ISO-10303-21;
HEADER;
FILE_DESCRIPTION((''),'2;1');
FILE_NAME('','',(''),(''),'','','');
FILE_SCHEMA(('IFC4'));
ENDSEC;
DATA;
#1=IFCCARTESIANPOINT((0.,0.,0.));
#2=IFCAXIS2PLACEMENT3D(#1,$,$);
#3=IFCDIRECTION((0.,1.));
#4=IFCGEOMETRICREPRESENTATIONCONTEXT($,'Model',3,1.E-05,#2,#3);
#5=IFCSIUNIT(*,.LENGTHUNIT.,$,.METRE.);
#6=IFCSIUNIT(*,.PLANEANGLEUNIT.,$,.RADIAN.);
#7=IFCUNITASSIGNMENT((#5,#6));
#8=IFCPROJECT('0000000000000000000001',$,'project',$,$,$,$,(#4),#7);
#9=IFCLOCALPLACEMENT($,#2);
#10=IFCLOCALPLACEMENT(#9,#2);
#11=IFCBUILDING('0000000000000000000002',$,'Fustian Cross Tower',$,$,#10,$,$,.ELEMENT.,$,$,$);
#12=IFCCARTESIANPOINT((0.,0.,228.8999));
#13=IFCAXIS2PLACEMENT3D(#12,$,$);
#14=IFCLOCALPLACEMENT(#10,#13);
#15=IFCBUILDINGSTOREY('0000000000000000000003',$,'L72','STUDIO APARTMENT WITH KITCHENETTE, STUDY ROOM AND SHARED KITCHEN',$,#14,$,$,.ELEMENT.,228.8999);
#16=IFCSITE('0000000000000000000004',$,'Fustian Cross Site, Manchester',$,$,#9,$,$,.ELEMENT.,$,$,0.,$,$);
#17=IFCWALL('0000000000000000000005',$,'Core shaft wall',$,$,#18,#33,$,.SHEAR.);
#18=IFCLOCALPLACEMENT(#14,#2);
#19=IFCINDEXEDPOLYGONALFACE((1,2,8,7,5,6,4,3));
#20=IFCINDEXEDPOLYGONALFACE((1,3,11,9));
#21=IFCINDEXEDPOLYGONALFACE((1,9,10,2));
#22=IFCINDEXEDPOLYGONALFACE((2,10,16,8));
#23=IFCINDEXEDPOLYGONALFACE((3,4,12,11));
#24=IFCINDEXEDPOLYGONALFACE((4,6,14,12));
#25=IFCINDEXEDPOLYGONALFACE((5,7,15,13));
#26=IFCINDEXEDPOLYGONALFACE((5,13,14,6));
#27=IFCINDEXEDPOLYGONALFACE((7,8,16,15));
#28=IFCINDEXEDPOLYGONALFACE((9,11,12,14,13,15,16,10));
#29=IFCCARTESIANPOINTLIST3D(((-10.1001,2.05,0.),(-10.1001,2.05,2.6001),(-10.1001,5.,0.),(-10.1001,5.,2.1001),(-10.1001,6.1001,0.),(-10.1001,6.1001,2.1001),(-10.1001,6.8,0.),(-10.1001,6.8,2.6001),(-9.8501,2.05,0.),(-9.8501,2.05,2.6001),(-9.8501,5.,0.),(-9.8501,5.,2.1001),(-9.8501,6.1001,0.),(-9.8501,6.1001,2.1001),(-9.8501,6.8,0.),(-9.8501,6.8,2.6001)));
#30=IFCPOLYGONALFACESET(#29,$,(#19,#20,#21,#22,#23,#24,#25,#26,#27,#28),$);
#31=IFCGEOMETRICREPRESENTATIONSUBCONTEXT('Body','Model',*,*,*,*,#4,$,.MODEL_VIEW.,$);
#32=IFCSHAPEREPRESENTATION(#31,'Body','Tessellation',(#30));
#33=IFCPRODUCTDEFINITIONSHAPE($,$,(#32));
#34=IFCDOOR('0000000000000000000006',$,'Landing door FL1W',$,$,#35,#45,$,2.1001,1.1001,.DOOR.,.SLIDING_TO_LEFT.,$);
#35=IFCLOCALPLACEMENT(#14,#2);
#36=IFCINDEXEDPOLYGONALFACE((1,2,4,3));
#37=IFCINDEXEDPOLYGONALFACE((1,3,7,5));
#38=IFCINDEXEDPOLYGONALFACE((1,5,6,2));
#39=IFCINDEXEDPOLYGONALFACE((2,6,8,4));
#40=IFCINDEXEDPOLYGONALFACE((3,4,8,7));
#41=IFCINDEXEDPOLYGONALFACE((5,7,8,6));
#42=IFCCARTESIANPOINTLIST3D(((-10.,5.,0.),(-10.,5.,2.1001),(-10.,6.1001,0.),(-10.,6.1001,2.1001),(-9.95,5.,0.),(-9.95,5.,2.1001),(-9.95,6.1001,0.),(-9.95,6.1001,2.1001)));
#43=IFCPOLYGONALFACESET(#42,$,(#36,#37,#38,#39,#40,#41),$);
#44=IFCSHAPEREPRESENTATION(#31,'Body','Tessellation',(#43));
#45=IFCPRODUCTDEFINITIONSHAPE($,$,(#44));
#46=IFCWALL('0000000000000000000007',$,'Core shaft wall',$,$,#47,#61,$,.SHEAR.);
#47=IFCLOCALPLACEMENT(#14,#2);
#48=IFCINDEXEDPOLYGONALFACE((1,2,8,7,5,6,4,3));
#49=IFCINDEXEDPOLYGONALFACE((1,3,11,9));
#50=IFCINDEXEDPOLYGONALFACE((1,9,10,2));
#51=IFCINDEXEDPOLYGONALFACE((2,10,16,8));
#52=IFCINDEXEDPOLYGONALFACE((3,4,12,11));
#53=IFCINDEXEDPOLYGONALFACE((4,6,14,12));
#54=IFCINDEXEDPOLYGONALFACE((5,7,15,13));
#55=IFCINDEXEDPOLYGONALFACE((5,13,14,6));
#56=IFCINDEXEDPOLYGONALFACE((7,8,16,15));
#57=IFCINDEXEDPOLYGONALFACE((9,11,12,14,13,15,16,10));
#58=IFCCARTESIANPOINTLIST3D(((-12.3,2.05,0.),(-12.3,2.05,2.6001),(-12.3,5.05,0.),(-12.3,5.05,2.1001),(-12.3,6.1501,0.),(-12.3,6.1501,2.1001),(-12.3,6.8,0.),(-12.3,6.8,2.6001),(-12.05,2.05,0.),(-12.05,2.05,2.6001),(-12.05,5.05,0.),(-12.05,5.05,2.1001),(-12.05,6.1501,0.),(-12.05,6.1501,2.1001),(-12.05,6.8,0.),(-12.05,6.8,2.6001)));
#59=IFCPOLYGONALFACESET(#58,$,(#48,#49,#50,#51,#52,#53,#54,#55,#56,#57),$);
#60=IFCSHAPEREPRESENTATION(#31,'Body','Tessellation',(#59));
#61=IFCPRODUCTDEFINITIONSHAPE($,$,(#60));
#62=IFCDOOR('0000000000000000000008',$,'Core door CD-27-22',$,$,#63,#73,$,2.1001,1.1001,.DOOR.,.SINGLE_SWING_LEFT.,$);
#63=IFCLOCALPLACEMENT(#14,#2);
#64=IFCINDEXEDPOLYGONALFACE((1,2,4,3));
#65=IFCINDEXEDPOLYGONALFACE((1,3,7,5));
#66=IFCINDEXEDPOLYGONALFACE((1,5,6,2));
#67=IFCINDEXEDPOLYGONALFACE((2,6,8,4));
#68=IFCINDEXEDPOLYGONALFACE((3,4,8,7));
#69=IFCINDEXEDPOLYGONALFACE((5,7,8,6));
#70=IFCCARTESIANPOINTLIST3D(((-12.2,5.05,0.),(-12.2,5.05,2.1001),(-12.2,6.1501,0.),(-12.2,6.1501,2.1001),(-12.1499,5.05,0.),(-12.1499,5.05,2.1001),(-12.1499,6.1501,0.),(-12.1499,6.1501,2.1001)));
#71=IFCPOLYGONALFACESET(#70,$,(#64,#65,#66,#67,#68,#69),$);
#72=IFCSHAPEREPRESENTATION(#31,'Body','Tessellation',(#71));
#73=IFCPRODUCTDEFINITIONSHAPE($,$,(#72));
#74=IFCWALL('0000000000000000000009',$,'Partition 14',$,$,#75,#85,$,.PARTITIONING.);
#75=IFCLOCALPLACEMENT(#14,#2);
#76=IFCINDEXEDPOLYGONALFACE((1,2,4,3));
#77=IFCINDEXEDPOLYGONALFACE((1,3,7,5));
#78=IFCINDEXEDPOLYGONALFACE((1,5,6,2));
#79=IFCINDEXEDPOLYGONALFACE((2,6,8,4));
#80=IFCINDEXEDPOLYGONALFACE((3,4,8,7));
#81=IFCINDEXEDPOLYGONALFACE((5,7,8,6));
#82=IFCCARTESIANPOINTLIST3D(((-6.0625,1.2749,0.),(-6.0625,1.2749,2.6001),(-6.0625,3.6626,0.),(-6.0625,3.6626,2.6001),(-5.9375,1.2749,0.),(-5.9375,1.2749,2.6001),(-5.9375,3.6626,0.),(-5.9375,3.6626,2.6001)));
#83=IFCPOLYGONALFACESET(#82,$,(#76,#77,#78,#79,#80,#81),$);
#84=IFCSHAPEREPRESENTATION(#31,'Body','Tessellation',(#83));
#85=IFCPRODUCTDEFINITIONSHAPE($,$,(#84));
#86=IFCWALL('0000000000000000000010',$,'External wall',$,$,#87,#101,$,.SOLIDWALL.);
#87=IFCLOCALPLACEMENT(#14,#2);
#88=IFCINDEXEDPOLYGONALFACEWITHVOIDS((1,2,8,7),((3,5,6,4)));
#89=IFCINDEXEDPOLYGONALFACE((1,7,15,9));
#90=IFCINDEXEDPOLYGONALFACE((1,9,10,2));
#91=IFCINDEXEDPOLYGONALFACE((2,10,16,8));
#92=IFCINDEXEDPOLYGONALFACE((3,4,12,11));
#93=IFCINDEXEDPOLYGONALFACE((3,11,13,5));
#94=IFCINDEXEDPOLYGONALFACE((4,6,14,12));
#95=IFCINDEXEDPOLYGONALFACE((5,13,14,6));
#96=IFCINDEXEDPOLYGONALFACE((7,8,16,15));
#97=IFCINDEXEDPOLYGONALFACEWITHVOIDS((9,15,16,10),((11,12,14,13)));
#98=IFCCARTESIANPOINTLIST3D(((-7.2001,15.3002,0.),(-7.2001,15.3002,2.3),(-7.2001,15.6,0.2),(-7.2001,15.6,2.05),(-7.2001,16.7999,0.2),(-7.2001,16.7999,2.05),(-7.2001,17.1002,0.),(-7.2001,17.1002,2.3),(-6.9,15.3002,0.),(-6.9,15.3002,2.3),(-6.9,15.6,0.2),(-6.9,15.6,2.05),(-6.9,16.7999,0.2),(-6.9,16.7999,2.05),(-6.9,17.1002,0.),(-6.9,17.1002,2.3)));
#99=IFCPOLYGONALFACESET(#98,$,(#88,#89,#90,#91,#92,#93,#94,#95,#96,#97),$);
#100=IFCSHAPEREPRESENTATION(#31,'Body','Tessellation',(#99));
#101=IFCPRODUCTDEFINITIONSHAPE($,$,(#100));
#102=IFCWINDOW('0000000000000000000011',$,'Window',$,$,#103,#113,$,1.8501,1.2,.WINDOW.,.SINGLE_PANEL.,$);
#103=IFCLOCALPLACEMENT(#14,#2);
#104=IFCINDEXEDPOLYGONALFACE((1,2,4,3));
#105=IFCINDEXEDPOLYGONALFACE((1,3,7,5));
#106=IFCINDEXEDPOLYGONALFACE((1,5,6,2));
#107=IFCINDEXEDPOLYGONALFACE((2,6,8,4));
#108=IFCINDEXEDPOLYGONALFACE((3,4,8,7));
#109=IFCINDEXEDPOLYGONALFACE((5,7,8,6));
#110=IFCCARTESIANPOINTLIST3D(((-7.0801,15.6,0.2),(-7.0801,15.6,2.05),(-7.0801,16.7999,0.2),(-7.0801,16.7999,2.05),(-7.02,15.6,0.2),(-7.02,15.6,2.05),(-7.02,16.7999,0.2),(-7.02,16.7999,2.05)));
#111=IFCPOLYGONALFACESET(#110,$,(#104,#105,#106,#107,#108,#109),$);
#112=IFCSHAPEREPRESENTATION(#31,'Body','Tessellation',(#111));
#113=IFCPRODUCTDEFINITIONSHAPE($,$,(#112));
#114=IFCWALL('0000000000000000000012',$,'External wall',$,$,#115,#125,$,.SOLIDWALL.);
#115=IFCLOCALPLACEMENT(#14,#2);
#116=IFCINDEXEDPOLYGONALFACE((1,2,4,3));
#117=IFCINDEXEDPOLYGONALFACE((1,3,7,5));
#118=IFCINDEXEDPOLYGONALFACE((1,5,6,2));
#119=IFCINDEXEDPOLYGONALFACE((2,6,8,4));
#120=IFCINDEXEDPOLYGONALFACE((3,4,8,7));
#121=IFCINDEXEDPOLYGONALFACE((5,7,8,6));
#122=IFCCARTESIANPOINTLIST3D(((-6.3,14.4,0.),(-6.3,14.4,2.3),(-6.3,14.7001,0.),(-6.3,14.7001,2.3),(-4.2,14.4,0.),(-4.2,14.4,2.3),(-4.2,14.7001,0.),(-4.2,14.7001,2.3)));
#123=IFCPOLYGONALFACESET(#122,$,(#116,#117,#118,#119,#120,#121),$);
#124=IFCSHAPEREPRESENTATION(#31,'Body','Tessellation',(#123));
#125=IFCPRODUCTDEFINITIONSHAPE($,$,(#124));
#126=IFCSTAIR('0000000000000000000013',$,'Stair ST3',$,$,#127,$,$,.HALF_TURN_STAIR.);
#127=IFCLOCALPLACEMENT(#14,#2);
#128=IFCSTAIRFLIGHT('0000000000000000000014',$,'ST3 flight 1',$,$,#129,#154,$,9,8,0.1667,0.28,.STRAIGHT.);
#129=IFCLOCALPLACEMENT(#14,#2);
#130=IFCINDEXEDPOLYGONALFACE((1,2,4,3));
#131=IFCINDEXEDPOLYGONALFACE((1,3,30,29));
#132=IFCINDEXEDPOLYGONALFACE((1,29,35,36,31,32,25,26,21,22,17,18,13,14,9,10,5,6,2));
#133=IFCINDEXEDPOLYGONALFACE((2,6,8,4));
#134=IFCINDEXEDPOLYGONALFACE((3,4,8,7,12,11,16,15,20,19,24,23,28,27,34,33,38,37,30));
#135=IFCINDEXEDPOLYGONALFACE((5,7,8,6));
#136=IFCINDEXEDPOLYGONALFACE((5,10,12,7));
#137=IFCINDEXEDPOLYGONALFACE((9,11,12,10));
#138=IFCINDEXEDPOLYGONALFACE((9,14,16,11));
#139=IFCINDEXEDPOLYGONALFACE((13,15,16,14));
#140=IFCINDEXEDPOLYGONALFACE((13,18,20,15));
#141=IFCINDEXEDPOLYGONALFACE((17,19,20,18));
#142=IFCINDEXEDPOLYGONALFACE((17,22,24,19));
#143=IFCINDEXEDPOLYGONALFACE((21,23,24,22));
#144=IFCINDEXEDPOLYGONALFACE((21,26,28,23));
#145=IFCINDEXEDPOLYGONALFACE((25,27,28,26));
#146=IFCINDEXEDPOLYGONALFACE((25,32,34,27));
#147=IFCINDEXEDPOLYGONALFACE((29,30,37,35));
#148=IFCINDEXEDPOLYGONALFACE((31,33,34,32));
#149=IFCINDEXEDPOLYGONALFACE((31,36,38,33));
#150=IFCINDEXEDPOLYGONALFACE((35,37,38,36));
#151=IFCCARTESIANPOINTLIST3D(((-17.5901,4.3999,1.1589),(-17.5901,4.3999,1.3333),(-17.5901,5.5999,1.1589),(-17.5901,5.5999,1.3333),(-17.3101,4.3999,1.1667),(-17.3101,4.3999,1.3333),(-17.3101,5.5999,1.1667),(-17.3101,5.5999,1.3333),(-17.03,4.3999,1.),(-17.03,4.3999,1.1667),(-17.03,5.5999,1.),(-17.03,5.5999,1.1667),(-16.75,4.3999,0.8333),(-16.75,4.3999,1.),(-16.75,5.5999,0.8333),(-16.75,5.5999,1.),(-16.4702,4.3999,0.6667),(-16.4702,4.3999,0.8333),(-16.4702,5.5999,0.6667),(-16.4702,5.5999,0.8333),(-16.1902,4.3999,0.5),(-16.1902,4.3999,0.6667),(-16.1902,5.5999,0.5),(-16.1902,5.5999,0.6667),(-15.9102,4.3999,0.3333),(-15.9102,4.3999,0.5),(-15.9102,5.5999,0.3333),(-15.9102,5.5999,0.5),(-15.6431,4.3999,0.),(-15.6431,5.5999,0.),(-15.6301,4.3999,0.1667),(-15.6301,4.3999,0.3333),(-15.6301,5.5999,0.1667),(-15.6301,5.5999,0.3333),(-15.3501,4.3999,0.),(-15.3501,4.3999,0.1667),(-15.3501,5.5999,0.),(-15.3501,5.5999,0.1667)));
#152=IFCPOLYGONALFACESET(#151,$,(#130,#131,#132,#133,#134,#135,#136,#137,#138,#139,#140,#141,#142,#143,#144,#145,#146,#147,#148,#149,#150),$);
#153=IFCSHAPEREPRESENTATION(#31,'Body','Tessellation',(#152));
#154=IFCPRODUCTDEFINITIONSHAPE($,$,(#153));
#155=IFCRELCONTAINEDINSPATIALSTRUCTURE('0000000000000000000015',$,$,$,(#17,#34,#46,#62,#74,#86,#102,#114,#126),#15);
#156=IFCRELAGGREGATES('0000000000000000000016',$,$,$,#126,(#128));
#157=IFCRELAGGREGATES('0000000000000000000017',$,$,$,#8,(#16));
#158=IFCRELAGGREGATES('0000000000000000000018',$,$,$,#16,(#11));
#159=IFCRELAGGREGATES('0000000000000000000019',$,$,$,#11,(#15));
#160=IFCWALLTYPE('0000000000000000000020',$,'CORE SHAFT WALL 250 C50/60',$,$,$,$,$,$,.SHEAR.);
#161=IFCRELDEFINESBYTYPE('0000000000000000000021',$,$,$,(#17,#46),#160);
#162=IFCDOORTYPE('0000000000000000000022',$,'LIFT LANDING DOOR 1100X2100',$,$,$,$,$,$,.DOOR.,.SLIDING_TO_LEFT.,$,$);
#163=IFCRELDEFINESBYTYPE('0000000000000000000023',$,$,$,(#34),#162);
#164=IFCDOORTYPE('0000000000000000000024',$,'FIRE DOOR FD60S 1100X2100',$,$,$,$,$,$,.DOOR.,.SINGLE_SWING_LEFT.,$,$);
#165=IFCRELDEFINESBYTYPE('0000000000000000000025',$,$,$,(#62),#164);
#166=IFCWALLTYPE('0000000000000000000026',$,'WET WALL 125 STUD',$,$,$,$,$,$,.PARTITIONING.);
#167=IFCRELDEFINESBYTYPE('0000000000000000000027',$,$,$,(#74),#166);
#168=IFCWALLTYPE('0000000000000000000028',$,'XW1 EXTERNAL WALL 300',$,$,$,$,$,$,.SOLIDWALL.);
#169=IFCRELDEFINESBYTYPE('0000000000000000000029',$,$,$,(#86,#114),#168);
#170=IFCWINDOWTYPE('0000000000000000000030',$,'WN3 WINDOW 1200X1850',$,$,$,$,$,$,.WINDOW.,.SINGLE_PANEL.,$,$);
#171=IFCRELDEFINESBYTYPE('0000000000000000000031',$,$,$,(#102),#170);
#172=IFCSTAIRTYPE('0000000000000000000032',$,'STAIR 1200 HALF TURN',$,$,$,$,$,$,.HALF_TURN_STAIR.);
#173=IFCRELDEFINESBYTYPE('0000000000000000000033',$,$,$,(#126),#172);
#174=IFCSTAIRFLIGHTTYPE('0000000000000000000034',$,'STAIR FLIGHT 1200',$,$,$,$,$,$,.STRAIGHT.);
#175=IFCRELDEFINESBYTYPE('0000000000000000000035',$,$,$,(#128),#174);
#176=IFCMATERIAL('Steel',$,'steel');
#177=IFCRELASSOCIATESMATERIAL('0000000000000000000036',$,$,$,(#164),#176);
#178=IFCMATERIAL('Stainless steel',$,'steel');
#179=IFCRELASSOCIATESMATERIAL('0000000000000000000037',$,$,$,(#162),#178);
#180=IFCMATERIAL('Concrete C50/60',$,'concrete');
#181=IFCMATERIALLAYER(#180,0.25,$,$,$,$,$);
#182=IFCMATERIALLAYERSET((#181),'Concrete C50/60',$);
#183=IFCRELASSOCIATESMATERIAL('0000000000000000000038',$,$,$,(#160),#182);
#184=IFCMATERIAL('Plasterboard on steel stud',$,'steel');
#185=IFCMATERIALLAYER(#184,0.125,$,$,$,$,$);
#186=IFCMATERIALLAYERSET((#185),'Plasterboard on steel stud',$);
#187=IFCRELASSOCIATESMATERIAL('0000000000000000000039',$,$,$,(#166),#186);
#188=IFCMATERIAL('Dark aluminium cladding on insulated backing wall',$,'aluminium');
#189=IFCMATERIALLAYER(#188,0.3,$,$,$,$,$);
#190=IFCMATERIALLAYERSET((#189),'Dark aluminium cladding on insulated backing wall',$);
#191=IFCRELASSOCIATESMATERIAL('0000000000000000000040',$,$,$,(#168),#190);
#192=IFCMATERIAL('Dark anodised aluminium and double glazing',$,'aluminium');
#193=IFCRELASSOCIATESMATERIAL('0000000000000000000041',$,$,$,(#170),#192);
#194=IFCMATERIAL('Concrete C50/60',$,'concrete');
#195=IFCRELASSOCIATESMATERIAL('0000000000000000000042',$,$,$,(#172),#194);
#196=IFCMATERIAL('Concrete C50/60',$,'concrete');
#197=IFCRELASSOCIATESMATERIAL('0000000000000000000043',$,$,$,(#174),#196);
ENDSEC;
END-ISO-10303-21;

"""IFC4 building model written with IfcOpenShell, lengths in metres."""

from ifc_helpers import new_model, si_unit, direction, frame, frame_2d, origin, place, context, subcontext, project, spatial, polyline, rectangle, outline, extrude, material, layer, layer_set, type_object, element, fill, aggregate, save


model = new_model("IFC4")

# Units and contexts
model_context = context("Model", 3, precision=1e-05, world=origin(), true_north=direction((0.0, 1.0)))
body_context = subcontext(model_context, "Body", "Model", "MODEL_VIEW")
ifc_project = project(units=[si_unit("LENGTHUNIT", "METRE"), si_unit("PLANEANGLEUNIT", "RADIAN")], contexts=[model_context])

# Site, building, storey
site_placement = place(None, origin())
site = spatial("IfcSite", under=ifc_project, at=site_placement, Name="Fustian Cross Site, Manchester", CompositionType="ELEMENT", RefElevation=0.0)
building_placement = place(site_placement, origin())
building = spatial("IfcBuilding", under=site, at=building_placement, Name="Fustian Cross Tower", CompositionType="ELEMENT")
storey_placement = place(building_placement, frame((0.0, 0.0, 228.8999)))
storey = spatial("IfcBuildingStorey", under=building, at=storey_placement, Name="L72", Description="STUDIO APARTMENT WITH KITCHENETTE, STUDY ROOM AND SHARED KITCHEN", CompositionType="ELEMENT", Elevation=228.8999)

# Shared definitions
ifc_material_1 = material(Name="Steel", Category="steel")
door_type_1 = type_object("IfcDoorType", Name="FIRE DOOR FD60S 1100X2100", OperationType="SINGLE_SWING_LEFT", PredefinedType="DOOR", material=ifc_material_1)
ifc_material_2 = material(Name="Stainless steel", Category="steel")
door_type_2 = type_object("IfcDoorType", Name="LIFT LANDING DOOR 1100X2100", OperationType="SLIDING_TO_LEFT", PredefinedType="DOOR", material=ifc_material_2)

# Shared definitions
ifc_material_3 = material(Name="Concrete C50/60", Category="concrete")
ifc_layer_1 = layer(ifc_material_3, 0.25)
ifc_layer_set_1 = layer_set([ifc_layer_1], Name="Concrete C50/60")
wall_type_1 = type_object("IfcWallType", Name="CORE SHAFT WALL 250 C50/60", PredefinedType="SHEAR", material=ifc_layer_set_1)

# Walls, openings, doors
wall_1_placement = place(storey_placement, frame((-9.9751, 2.05, 0.0), z_axis=(0.0, 0.0, 1.0), x_axis=(0.0, 1.0, 0.0)))
wall_1 = element("IfcWall", 1, at=wall_1_placement, inside=storey, type_object=wall_type_1, Name="Core shaft wall", PredefinedType="SHEAR", context=body_context, shape_type="SweptSolid", body=[
    extrude(rectangle(XDim=4.75, YDim=0.25, at=frame_2d((2.375, 0.0))), origin(), (0.0, 0.0, 1.0), 2.6001),
])
opening_1_placement = place(wall_1_placement, frame((2.95, 0.0, 0.0)))
opening_1 = element("IfcOpeningElement", 2, at=opening_1_placement, cuts=wall_1, PredefinedType="OPENING", context=body_context, shape_type="SweptSolid", body=[
    extrude(rectangle(XDim=1.1001, YDim=2.1001, at=frame_2d((0.55, 1.05))), frame((0.0, 0.135, 0.0), z_axis=(0.0, -1.0, 0.0), x_axis=(1.0, 0.0, 0.0)), (0.0, 0.0, 1.0), 0.27),
])
door_1_placement = place(opening_1_placement, origin())
door_1 = element("IfcDoor", 3, at=door_1_placement, inside=storey, type_object=door_type_2, Name="Landing door FL1W", OperationType="SLIDING_TO_LEFT", OverallHeight=2.1001, OverallWidth=1.1001, PredefinedType="DOOR", context=body_context, shape_type="SweptSolid", body=[
    extrude(rectangle(XDim=1.1001, YDim=2.1001, at=frame_2d((0.55, 1.05))), frame((0.0, 0.0249, 0.0), z_axis=(0.0, -1.0, 0.0), x_axis=(1.0, 0.0, 0.0)), (0.0, 0.0, 1.0), 0.05),
])
fill(opening_1, door_1)
wall_2_placement = place(storey_placement, frame((-12.175, 2.05, 0.0), z_axis=(0.0, 0.0, 1.0), x_axis=(0.0, 1.0, 0.0)))
wall_2 = element("IfcWall", 4, at=wall_2_placement, inside=storey, type_object=wall_type_1, Name="Core shaft wall", PredefinedType="SHEAR", context=body_context, shape_type="SweptSolid", body=[
    extrude(rectangle(XDim=4.75, YDim=0.25, at=frame_2d((2.375, 0.0))), origin(), (0.0, 0.0, 1.0), 2.6001),
])
opening_2_placement = place(wall_2_placement, frame((3.0, 0.0, 0.0)))
opening_2 = element("IfcOpeningElement", 5, at=opening_2_placement, cuts=wall_2, PredefinedType="OPENING", context=body_context, shape_type="SweptSolid", body=[
    extrude(rectangle(XDim=1.1001, YDim=2.1001, at=frame_2d((0.55, 1.05))), frame((0.0, 0.135, 0.0), z_axis=(0.0, -1.0, 0.0), x_axis=(1.0, 0.0, 0.0)), (0.0, 0.0, 1.0), 0.27),
])
door_2_placement = place(opening_2_placement, origin())
door_2 = element("IfcDoor", 6, at=door_2_placement, inside=storey, type_object=door_type_1, Name="Core door CD-27-22", OperationType="SINGLE_SWING_LEFT", OverallHeight=2.1001, OverallWidth=1.1001, PredefinedType="DOOR", context=body_context, shape_type="SweptSolid", body=[
    extrude(rectangle(XDim=1.1001, YDim=2.1001, at=frame_2d((0.55, 1.05))), frame((0.0, 0.0249, 0.0), z_axis=(0.0, -1.0, 0.0), x_axis=(1.0, 0.0, 0.0)), (0.0, 0.0, 1.0), 0.05),
])
fill(opening_2, door_2)

# Wall
ifc_material_4 = material(Name="Plasterboard on steel stud", Category="steel")
ifc_layer_2 = layer(ifc_material_4, 0.125)
ifc_layer_set_2 = layer_set([ifc_layer_2], Name="Plasterboard on steel stud")
wall_type_2 = type_object("IfcWallType", Name="WET WALL 125 STUD", PredefinedType="PARTITIONING", material=ifc_layer_set_2)
wall_3_placement = place(storey_placement, frame((-6.0, 1.2749, 0.0), z_axis=(0.0, 0.0, 1.0), x_axis=(0.0, 1.0, 0.0)))
element("IfcWall", 7, at=wall_3_placement, inside=storey, type_object=wall_type_2, Name="Partition 14", PredefinedType="PARTITIONING", context=body_context, shape_type="SweptSolid", body=[
    extrude(rectangle(XDim=2.3877, YDim=0.125, at=frame_2d((1.1938, 0.0))), origin(), (0.0, 0.0, 1.0), 2.6001),
])

# Wall, opening, window
ifc_material_5 = material(Name="Dark aluminium cladding on insulated backing wall", Category="aluminium")
ifc_layer_3 = layer(ifc_material_5, 0.3)
ifc_layer_set_3 = layer_set([ifc_layer_3], Name="Dark aluminium cladding on insulated backing wall")
wall_type_3 = type_object("IfcWallType", Name="XW1 EXTERNAL WALL 300", PredefinedType="SOLIDWALL", material=ifc_layer_set_3)
wall_4_placement = place(storey_placement, frame((-7.05, 17.1001, 0.0), z_axis=(0.0, 0.0, 1.0), x_axis=(0.0, -1.0, 0.0)))
wall_4 = element("IfcWall", 8, at=wall_4_placement, inside=storey, type_object=wall_type_3, Name="External wall", PredefinedType="SOLIDWALL", context=body_context, shape_type="SweptSolid", body=[
    extrude(rectangle(XDim=1.8, YDim=0.3, at=frame_2d((0.8999, 0.0))), origin(), (0.0, 0.0, 1.0), 2.3),
])
opening_3_placement = place(wall_4_placement, frame((0.3, 0.0, 0.2)))
opening_3 = element("IfcOpeningElement", 9, at=opening_3_placement, cuts=wall_4, PredefinedType="OPENING", context=body_context, shape_type="SweptSolid", body=[
    extrude(rectangle(XDim=1.2, YDim=1.8501, at=frame_2d((0.6001, 0.925))), frame((0.0, 0.1599, 0.0), z_axis=(0.0, -1.0, 0.0), x_axis=(1.0, 0.0, 0.0)), (0.0, 0.0, 1.0), 0.3201),
])
ifc_material_6 = material(Name="Dark anodised aluminium and double glazing", Category="aluminium")
window_type = type_object("IfcWindowType", Name="WN3 WINDOW 1200X1850", PartitioningType="SINGLE_PANEL", PredefinedType="WINDOW", material=ifc_material_6)
window_placement = place(opening_3_placement, origin())
window = element("IfcWindow", 10, at=window_placement, inside=storey, type_object=window_type, Name="Window", OverallHeight=1.8501, OverallWidth=1.2, PartitioningType="SINGLE_PANEL", PredefinedType="WINDOW", context=body_context, shape_type="SweptSolid", body=[
    extrude(rectangle(XDim=1.2, YDim=1.8501, at=frame_2d((0.6001, 0.925))), frame((0.0, 0.03, 0.0), z_axis=(0.0, -1.0, 0.0), x_axis=(1.0, 0.0, 0.0)), (0.0, 0.0, 1.0), 0.0601),
])
fill(opening_3, window)

# Wall
wall_5_placement = place(storey_placement, frame((-6.3, 14.55, 0.0), z_axis=(0.0, 0.0, 1.0), x_axis=(1.0, 0.0, 0.0)))
element("IfcWall", 11, at=wall_5_placement, inside=storey, type_object=wall_type_3, Name="External wall", PredefinedType="SOLIDWALL", context=body_context, shape_type="SweptSolid", body=[
    extrude(rectangle(XDim=2.1001, YDim=0.3, at=frame_2d((1.05, 0.0))), origin(), (0.0, 0.0, 1.0), 2.3),
])

# Stair, stair flight
ifc_material_7 = material(Name="Concrete C50/60", Category="concrete")
stair_type = type_object("IfcStairType", Name="STAIR 1200 HALF TURN", PredefinedType="HALF_TURN_STAIR", material=ifc_material_7)
stair_placement = place(storey_placement, origin())
stair = element("IfcStair", 12, at=stair_placement, inside=storey, type_object=stair_type, Name="Stair ST3", PredefinedType="HALF_TURN_STAIR")
ifc_material_8 = material(Name="Concrete C50/60", Category="concrete")
stair_flight_type = type_object("IfcStairFlightType", Name="STAIR FLIGHT 1200", PredefinedType="STRAIGHT", material=ifc_material_8)
stair_flight_placement = place(storey_placement, frame((-15.3501, 5.0, 0.0), z_axis=(0.0, 0.0, 1.0), x_axis=(-1.0, 0.0, 0.0)))
stair_flight = element("IfcStairFlight", 13, at=stair_flight_placement, type_object=stair_flight_type, Name="ST3 flight 1", NumberOfRisers=9, NumberOfTreads=8, PredefinedType="STRAIGHT", RiserHeight=0.1667, TreadLength=0.28, context=body_context, shape_type="SweptSolid", body=[
    extrude(outline(polyline([(0.0, 0.0), (0.0, 0.1667), (0.28, 0.1667), (0.28, 0.3333), (0.5601, 0.3333), (0.5601, 0.5), (0.8401, 0.5), (0.8401, 0.6667), (1.1201, 0.6667), (1.1201, 0.8333), (1.3999, 0.8333), (1.3999, 1.0), (1.6799, 1.0), (1.6799, 1.1667), (1.96, 1.1667), (1.96, 1.3333), (2.24, 1.3333), (2.24, 1.5), (2.24, 1.1589), (0.293, 0.0), (0.0, 0.0)])), frame((0.0, 0.6001, 0.0), z_axis=(0.0, -1.0, 0.0), x_axis=(1.0, 0.0, 0.0)), (0.0, 0.0, 1.0), 1.2),
])
aggregate(stair, [stair_flight])

save(model, "model.ifc")
